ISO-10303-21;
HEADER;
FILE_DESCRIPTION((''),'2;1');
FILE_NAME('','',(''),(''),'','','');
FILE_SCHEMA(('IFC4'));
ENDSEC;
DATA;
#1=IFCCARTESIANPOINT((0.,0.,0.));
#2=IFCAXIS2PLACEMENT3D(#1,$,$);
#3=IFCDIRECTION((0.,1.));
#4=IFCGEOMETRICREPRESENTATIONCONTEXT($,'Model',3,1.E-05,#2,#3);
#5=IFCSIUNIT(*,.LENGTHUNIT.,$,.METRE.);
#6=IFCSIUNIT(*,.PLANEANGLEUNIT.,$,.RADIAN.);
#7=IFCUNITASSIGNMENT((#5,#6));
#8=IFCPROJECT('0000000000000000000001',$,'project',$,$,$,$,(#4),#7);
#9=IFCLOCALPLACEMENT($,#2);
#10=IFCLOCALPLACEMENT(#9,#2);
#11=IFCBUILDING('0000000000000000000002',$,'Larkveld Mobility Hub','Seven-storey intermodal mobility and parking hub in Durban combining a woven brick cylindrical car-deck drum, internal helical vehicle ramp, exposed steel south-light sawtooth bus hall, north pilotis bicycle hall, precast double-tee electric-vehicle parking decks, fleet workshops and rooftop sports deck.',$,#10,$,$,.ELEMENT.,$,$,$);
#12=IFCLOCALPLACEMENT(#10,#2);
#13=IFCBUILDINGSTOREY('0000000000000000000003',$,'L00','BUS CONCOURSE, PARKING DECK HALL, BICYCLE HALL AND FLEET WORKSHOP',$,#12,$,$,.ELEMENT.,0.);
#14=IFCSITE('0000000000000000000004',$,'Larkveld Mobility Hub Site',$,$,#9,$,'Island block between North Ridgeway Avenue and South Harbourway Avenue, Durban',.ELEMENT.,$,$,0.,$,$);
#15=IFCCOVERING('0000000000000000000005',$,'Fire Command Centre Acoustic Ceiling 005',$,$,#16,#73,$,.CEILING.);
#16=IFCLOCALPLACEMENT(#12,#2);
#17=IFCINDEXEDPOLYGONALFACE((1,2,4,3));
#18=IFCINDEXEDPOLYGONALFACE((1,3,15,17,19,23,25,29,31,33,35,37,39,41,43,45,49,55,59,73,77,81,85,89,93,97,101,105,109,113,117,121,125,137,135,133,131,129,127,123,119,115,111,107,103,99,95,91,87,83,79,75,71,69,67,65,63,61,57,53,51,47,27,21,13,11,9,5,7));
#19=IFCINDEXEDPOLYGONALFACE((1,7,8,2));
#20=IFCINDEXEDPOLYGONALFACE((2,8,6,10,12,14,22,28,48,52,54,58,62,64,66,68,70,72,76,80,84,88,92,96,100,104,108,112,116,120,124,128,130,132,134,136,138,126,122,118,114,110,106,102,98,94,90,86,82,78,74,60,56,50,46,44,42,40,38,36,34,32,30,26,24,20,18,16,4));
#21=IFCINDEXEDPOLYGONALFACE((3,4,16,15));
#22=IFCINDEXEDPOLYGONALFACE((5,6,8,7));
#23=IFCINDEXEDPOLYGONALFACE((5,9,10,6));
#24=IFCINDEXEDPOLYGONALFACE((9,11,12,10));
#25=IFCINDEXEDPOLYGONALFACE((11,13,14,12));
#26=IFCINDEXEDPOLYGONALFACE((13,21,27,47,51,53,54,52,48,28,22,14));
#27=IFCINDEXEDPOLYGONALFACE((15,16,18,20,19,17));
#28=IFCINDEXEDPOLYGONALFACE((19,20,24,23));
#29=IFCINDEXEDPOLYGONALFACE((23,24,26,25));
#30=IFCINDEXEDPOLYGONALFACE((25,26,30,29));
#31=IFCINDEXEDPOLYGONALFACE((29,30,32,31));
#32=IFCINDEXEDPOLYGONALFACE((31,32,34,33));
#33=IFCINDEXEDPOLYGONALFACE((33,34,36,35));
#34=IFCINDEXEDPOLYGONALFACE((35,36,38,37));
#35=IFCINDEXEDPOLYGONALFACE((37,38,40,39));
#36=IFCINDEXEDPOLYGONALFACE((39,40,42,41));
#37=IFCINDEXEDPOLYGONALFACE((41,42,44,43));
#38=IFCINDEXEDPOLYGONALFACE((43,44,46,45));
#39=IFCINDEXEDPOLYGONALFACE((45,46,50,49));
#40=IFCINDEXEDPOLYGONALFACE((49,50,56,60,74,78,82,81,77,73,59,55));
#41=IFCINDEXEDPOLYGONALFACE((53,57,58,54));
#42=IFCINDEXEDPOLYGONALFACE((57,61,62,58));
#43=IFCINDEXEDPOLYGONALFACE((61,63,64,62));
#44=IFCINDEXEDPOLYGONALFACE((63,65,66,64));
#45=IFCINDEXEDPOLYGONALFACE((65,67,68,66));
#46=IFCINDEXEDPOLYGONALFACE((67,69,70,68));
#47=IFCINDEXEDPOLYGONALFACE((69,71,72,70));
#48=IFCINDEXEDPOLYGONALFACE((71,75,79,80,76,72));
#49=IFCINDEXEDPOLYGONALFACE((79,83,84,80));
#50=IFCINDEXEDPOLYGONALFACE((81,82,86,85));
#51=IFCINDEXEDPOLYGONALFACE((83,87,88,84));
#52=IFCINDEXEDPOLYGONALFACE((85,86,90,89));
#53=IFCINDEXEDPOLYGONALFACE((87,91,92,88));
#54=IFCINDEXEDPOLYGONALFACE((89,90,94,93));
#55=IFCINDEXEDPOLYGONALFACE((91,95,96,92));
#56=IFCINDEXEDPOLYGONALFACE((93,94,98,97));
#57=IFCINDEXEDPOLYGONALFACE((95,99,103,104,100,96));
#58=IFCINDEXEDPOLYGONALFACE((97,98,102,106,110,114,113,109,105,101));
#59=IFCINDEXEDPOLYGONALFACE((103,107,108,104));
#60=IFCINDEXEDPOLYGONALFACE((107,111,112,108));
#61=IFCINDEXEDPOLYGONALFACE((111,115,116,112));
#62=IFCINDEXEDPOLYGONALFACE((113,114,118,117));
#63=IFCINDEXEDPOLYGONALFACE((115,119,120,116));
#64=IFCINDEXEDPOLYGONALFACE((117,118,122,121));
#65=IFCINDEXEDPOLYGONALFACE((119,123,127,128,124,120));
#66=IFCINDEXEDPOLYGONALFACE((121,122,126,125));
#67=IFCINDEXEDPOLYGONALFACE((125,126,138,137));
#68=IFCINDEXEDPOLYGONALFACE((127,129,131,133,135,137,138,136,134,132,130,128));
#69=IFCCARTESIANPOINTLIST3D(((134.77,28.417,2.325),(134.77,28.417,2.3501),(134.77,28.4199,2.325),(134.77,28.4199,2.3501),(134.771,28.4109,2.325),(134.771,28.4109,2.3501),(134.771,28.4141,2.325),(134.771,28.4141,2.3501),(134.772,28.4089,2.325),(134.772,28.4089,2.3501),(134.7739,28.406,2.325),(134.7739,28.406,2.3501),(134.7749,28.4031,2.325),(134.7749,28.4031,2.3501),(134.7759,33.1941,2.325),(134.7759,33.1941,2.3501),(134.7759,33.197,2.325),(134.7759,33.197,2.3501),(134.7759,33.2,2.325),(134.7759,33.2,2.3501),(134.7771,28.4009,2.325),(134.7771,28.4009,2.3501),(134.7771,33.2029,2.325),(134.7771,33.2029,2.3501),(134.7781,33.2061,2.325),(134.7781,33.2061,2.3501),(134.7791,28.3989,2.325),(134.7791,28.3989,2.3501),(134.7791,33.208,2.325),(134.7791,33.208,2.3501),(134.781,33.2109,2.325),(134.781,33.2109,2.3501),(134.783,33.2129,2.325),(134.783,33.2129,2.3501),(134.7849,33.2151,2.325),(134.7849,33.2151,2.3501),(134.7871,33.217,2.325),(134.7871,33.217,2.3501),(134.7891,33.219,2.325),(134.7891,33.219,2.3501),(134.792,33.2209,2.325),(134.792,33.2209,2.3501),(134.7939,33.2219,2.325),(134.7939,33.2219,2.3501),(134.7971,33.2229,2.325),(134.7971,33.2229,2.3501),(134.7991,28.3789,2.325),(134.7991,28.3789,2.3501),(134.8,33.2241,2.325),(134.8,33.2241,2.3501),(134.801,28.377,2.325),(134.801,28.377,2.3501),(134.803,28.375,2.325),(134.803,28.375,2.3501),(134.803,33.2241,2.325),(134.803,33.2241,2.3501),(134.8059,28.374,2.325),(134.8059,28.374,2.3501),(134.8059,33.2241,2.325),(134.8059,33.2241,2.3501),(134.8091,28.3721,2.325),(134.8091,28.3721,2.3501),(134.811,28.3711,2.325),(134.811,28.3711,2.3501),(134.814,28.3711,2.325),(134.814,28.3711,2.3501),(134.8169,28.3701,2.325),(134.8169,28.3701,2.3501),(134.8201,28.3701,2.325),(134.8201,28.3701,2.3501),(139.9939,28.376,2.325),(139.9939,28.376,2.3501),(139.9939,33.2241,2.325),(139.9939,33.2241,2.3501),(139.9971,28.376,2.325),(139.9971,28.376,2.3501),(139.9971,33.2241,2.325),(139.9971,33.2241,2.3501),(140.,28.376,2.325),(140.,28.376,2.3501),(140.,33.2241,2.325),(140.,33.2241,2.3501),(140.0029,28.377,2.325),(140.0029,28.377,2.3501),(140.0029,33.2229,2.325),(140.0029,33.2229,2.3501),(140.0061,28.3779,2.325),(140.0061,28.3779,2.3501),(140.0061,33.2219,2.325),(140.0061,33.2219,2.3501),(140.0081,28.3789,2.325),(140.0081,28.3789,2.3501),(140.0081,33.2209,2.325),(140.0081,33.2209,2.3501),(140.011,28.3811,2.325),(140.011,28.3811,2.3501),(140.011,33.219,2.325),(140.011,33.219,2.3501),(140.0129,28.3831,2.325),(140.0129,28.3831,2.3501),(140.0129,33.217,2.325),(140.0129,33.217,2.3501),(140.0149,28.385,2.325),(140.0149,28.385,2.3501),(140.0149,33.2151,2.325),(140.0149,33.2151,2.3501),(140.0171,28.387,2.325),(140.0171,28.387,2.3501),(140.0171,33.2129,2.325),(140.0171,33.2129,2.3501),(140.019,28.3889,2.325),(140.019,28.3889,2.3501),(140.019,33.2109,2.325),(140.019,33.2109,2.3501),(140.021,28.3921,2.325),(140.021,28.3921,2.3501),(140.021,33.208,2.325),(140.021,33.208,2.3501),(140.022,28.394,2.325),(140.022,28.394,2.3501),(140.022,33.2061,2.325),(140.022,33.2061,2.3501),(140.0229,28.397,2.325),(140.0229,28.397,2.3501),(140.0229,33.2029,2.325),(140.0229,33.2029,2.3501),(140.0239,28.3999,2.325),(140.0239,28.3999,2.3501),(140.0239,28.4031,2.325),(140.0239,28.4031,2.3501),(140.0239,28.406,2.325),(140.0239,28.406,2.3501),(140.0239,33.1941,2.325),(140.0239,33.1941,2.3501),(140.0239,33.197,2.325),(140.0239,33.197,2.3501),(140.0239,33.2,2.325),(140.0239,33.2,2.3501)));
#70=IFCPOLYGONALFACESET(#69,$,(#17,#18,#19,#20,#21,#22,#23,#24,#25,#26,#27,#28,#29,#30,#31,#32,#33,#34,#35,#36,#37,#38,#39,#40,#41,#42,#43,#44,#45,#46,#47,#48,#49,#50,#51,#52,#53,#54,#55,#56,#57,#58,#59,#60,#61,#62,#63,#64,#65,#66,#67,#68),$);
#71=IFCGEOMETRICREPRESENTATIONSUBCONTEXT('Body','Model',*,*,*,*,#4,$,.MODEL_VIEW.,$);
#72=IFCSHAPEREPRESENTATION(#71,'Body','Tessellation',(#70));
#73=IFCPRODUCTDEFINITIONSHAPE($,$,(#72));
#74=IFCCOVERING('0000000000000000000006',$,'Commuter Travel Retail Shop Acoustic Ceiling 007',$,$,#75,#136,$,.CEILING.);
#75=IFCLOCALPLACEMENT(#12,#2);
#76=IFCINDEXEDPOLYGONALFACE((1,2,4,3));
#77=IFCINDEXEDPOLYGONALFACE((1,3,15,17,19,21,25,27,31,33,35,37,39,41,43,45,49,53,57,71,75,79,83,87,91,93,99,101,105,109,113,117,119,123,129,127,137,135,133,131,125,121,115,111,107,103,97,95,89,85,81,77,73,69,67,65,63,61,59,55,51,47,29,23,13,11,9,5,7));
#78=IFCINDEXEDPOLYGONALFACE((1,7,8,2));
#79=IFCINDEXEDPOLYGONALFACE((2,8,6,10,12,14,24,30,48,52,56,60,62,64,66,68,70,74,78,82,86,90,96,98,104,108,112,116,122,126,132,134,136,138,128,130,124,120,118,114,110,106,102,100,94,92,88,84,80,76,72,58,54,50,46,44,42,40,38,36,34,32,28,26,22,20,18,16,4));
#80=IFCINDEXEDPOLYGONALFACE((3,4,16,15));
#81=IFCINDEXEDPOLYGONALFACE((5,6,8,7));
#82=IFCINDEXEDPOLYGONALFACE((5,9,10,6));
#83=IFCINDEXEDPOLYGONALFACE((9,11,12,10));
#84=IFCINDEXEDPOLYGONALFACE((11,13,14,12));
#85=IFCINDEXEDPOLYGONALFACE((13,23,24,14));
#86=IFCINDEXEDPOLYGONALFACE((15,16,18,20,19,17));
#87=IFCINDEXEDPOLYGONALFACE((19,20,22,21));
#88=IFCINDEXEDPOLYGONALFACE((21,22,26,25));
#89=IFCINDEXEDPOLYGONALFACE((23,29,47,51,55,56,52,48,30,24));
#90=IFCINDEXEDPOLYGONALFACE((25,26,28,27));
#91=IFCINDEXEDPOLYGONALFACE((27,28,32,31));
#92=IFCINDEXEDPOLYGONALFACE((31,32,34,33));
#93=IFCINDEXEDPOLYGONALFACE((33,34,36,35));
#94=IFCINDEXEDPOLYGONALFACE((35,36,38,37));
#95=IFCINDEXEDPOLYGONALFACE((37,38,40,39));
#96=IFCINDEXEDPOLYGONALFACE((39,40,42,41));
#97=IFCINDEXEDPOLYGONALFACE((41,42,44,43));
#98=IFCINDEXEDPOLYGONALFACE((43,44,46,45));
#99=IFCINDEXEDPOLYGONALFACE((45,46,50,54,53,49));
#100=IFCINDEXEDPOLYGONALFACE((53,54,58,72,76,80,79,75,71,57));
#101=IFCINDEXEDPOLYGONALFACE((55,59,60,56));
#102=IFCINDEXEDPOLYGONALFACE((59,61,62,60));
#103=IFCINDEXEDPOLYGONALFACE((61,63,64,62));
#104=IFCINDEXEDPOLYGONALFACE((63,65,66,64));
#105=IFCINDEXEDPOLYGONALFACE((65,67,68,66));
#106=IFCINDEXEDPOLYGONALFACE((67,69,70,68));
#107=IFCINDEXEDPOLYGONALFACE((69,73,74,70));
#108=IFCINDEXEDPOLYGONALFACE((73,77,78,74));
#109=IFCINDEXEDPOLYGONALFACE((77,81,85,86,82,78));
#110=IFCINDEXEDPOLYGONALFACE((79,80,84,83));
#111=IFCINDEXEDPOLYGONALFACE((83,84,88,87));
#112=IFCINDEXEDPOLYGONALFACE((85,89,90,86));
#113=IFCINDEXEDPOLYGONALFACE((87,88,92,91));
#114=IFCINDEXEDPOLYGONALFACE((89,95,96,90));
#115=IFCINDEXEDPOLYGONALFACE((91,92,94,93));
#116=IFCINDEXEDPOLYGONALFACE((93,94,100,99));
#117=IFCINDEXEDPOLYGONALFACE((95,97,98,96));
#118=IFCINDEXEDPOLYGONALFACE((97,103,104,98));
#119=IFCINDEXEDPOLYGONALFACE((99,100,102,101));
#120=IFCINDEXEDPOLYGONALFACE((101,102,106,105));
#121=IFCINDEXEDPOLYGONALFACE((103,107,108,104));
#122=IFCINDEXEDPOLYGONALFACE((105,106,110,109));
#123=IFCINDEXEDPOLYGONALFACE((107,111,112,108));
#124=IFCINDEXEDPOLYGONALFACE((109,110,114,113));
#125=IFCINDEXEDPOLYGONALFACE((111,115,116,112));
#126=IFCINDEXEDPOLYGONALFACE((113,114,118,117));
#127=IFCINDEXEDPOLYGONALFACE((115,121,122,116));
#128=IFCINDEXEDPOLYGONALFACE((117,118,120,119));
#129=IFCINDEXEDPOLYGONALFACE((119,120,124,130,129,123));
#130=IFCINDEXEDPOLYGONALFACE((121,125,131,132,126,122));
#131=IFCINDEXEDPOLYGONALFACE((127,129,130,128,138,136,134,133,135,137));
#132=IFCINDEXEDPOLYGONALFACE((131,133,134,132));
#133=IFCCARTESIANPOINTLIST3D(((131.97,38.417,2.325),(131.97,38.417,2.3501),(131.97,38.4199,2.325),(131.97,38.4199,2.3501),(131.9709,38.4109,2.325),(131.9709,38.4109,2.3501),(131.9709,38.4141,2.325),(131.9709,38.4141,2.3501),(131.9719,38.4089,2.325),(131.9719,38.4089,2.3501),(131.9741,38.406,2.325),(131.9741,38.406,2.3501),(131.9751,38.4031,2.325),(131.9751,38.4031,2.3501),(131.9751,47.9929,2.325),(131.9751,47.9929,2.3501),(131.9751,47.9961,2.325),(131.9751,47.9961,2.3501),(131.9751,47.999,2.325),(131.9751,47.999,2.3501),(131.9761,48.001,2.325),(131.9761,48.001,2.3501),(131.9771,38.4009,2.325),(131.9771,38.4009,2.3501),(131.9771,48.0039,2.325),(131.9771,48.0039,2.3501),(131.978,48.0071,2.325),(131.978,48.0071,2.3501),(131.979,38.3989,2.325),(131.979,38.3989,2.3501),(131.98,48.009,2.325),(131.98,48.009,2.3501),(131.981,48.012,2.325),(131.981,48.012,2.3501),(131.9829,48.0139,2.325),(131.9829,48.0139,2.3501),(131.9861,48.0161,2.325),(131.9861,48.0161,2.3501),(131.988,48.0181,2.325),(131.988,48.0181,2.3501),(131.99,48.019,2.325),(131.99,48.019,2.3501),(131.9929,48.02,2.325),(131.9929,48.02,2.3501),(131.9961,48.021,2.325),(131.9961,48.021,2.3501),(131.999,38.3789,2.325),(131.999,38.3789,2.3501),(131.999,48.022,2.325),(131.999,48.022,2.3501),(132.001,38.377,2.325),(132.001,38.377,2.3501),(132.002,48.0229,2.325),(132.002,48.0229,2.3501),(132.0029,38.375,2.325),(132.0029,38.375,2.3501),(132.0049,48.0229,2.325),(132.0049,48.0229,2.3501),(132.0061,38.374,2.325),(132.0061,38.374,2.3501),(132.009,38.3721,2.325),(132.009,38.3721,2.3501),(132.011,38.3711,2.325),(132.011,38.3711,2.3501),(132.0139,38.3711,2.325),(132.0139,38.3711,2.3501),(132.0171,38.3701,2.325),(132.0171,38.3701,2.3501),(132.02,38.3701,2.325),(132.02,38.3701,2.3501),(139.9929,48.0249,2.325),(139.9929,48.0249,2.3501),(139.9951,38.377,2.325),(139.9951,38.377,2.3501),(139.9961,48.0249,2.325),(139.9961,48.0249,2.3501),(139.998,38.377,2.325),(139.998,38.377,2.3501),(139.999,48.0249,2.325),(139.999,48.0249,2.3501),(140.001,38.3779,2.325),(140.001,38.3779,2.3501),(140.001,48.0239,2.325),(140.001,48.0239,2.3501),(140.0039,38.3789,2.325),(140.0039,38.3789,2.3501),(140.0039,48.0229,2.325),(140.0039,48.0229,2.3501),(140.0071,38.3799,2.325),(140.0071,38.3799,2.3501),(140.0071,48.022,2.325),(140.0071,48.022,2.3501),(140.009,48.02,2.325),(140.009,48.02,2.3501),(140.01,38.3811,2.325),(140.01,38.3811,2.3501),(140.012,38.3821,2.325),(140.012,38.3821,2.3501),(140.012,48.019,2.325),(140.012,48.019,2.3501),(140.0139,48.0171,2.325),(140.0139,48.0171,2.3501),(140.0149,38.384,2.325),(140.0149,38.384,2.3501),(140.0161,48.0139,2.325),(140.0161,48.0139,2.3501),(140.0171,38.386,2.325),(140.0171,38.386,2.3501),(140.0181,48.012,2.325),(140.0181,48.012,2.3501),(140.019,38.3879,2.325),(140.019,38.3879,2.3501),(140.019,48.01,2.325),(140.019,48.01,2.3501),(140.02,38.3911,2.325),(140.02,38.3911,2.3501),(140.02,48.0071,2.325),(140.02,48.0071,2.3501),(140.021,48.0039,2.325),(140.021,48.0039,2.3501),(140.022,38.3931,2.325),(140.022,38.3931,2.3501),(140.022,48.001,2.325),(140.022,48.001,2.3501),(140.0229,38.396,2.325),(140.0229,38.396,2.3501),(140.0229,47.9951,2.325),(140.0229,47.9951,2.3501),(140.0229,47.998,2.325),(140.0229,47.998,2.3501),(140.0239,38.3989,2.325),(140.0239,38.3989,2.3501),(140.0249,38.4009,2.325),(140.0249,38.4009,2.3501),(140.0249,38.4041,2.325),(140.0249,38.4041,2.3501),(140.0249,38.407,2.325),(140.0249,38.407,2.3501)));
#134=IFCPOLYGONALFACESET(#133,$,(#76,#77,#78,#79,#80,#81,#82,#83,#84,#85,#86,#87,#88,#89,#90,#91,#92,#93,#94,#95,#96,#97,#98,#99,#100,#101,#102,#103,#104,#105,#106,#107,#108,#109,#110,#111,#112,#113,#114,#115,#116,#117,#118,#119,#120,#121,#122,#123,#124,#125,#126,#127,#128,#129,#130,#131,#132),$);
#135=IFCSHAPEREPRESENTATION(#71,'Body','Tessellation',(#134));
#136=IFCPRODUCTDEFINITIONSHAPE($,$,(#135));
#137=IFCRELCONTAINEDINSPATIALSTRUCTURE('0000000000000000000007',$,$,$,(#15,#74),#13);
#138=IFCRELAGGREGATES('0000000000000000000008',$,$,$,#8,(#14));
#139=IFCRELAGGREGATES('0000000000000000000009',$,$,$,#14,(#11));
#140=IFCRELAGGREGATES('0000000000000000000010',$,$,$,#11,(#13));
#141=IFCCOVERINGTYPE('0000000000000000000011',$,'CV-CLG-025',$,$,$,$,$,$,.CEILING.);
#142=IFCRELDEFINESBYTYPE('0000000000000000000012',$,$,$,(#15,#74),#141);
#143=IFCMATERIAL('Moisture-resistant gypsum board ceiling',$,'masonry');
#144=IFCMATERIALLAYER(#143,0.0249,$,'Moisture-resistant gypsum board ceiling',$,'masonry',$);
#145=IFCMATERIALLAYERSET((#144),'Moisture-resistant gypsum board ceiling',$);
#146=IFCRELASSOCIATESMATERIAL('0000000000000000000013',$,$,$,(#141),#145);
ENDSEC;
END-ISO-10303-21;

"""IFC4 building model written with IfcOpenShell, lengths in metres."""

from ifc_helpers import new_model, si_unit, direction, frame, origin, place, context, subcontext, project, spatial, polyline, outline, extrude, material, layer, layer_set, type_object, element, save


model = new_model("IFC4")

# Units and contexts
model_context = context("Model", 3, precision=1e-05, world=origin(), true_north=direction((0.0, 1.0)))
body_context = subcontext(model_context, "Body", "Model", "MODEL_VIEW")
ifc_project = project(units=[si_unit("LENGTHUNIT", "METRE"), si_unit("PLANEANGLEUNIT", "RADIAN")], contexts=[model_context])

# Site, building, storey
site_placement = place(None, origin())
site = spatial("IfcSite", under=ifc_project, at=site_placement, Name="Larkveld Mobility Hub Site", LongName="Island block between North Ridgeway Avenue and South Harbourway Avenue, Durban", CompositionType="ELEMENT", RefElevation=0.0)
building_placement = place(site_placement, origin())
building = spatial("IfcBuilding", under=site, at=building_placement, Name="Larkveld Mobility Hub", Description="Seven-storey intermodal mobility and parking hub in Durban combining a woven brick cylindrical car-deck drum, internal helical vehicle ramp, exposed steel south-light sawtooth bus hall, north pilotis bicycle hall, precast double-tee electric-vehicle parking decks, fleet workshops and rooftop sports deck.", CompositionType="ELEMENT")
storey_placement = place(building_placement, origin())
storey = spatial("IfcBuildingStorey", under=building, at=storey_placement, Name="L00", Description="BUS CONCOURSE, PARKING DECK HALL, BICYCLE HALL AND FLEET WORKSHOP", CompositionType="ELEMENT", Elevation=0.0)

# Coverings
ifc_material_1 = material(Name="Moisture-resistant gypsum board ceiling", Category="masonry")
ifc_layer_1 = layer(ifc_material_1, 0.0249, Name="Moisture-resistant gypsum board ceiling", Category="masonry")
ifc_layer_set_1 = layer_set([ifc_layer_1], Name="Moisture-resistant gypsum board ceiling")
covering_type_1 = type_object("IfcCoveringType", Name="CV-CLG-025", PredefinedType="CEILING", material=ifc_layer_set_1)
covering_1_placement = place(storey_placement, frame((0.0, 0.0, 2.325)))
element("IfcCovering", 1, at=covering_1_placement, inside=storey, type_object=covering_type_1, Name="Fire Command Centre Acoustic Ceiling 005", PredefinedType="CEILING", context=body_context, shape_type="SweptSolid", body=[
    extrude(outline(polyline([(134.8201, 28.3701), (134.8169, 28.3701), (134.814, 28.3711), (134.811, 28.3711), (134.8091, 28.3721), (134.8059, 28.374), (134.803, 28.375), (134.801, 28.377), (134.7991, 28.3789), (134.7791, 28.3989), (134.7771, 28.4009), (134.7749, 28.4031), (134.7739, 28.406), (134.772, 28.4089), (134.771, 28.4109), (134.771, 28.4141), (134.77, 28.417), (134.77, 28.4199), (134.7759, 33.1941), (134.7759, 33.197), (134.7759, 33.2), (134.7771, 33.2029), (134.7781, 33.2061), (134.7791, 33.208), (134.781, 33.2109), (134.783, 33.2129), (134.7849, 33.2151), (134.7871, 33.217), (134.7891, 33.219), (134.792, 33.2209), (134.7939, 33.2219), (134.7971, 33.2229), (134.8, 33.2241), (134.803, 33.2241), (134.8059, 33.2241), (139.9939, 33.2241), (139.9971, 33.2241), (140.0, 33.2241), (140.0029, 33.2229), (140.0061, 33.2219), (140.0081, 33.2209), (140.011, 33.219), (140.0129, 33.217), (140.0149, 33.2151), (140.0171, 33.2129), (140.019, 33.2109), (140.021, 33.208), (140.022, 33.2061), (140.0229, 33.2029), (140.0239, 33.2), (140.0239, 33.197), (140.0239, 33.1941), (140.0239, 28.406), (140.0239, 28.4031), (140.0239, 28.3999), (140.0229, 28.397), (140.022, 28.394), (140.021, 28.3921), (140.019, 28.3889), (140.0171, 28.387), (140.0149, 28.385), (140.0129, 28.3831), (140.011, 28.3811), (140.0081, 28.3789), (140.0061, 28.3779), (140.0029, 28.377), (140.0, 28.376), (139.9971, 28.376), (139.9939, 28.376), (134.8201, 28.3701)])), origin(), (0.0, 0.0, 1.0), 0.0251),
])
covering_2_placement = place(storey_placement, frame((0.0, 0.0, 2.325)))
element("IfcCovering", 2, at=covering_2_placement, inside=storey, type_object=covering_type_1, Name="Commuter Travel Retail Shop Acoustic Ceiling 007", PredefinedType="CEILING", context=body_context, shape_type="SweptSolid", body=[
    extrude(outline(polyline([(132.02, 38.3701), (132.0171, 38.3701), (132.0139, 38.3711), (132.011, 38.3711), (132.009, 38.3721), (132.0061, 38.374), (132.0029, 38.375), (132.001, 38.377), (131.999, 38.3789), (131.979, 38.3989), (131.9771, 38.4009), (131.9751, 38.4031), (131.9741, 38.406), (131.9719, 38.4089), (131.9709, 38.4109), (131.9709, 38.4141), (131.97, 38.417), (131.97, 38.4199), (131.9751, 47.9929), (131.9751, 47.9961), (131.9751, 47.999), (131.9761, 48.001), (131.9771, 48.0039), (131.978, 48.0071), (131.98, 48.009), (131.981, 48.012), (131.9829, 48.0139), (131.9861, 48.0161), (131.988, 48.0181), (131.99, 48.019), (131.9929, 48.02), (131.9961, 48.021), (131.999, 48.022), (132.002, 48.0229), (132.0049, 48.0229), (139.9929, 48.0249), (139.9961, 48.0249), (139.999, 48.0249), (140.001, 48.0239), (140.0039, 48.0229), (140.0071, 48.022), (140.009, 48.02), (140.012, 48.019), (140.0139, 48.0171), (140.0161, 48.0139), (140.0181, 48.012), (140.019, 48.01), (140.02, 48.0071), (140.021, 48.0039), (140.022, 48.001), (140.0229, 47.998), (140.0229, 47.9951), (140.0249, 38.407), (140.0249, 38.4041), (140.0249, 38.4009), (140.0239, 38.3989), (140.0229, 38.396), (140.022, 38.3931), (140.02, 38.3911), (140.019, 38.3879), (140.0171, 38.386), (140.0149, 38.384), (140.012, 38.3821), (140.01, 38.3811), (140.0071, 38.3799), (140.0039, 38.3789), (140.001, 38.3779), (139.998, 38.377), (139.9951, 38.377), (132.02, 38.3701)])), origin(), (0.0, 0.0, 1.0), 0.0251),
])

save(model, "model.ifc")
